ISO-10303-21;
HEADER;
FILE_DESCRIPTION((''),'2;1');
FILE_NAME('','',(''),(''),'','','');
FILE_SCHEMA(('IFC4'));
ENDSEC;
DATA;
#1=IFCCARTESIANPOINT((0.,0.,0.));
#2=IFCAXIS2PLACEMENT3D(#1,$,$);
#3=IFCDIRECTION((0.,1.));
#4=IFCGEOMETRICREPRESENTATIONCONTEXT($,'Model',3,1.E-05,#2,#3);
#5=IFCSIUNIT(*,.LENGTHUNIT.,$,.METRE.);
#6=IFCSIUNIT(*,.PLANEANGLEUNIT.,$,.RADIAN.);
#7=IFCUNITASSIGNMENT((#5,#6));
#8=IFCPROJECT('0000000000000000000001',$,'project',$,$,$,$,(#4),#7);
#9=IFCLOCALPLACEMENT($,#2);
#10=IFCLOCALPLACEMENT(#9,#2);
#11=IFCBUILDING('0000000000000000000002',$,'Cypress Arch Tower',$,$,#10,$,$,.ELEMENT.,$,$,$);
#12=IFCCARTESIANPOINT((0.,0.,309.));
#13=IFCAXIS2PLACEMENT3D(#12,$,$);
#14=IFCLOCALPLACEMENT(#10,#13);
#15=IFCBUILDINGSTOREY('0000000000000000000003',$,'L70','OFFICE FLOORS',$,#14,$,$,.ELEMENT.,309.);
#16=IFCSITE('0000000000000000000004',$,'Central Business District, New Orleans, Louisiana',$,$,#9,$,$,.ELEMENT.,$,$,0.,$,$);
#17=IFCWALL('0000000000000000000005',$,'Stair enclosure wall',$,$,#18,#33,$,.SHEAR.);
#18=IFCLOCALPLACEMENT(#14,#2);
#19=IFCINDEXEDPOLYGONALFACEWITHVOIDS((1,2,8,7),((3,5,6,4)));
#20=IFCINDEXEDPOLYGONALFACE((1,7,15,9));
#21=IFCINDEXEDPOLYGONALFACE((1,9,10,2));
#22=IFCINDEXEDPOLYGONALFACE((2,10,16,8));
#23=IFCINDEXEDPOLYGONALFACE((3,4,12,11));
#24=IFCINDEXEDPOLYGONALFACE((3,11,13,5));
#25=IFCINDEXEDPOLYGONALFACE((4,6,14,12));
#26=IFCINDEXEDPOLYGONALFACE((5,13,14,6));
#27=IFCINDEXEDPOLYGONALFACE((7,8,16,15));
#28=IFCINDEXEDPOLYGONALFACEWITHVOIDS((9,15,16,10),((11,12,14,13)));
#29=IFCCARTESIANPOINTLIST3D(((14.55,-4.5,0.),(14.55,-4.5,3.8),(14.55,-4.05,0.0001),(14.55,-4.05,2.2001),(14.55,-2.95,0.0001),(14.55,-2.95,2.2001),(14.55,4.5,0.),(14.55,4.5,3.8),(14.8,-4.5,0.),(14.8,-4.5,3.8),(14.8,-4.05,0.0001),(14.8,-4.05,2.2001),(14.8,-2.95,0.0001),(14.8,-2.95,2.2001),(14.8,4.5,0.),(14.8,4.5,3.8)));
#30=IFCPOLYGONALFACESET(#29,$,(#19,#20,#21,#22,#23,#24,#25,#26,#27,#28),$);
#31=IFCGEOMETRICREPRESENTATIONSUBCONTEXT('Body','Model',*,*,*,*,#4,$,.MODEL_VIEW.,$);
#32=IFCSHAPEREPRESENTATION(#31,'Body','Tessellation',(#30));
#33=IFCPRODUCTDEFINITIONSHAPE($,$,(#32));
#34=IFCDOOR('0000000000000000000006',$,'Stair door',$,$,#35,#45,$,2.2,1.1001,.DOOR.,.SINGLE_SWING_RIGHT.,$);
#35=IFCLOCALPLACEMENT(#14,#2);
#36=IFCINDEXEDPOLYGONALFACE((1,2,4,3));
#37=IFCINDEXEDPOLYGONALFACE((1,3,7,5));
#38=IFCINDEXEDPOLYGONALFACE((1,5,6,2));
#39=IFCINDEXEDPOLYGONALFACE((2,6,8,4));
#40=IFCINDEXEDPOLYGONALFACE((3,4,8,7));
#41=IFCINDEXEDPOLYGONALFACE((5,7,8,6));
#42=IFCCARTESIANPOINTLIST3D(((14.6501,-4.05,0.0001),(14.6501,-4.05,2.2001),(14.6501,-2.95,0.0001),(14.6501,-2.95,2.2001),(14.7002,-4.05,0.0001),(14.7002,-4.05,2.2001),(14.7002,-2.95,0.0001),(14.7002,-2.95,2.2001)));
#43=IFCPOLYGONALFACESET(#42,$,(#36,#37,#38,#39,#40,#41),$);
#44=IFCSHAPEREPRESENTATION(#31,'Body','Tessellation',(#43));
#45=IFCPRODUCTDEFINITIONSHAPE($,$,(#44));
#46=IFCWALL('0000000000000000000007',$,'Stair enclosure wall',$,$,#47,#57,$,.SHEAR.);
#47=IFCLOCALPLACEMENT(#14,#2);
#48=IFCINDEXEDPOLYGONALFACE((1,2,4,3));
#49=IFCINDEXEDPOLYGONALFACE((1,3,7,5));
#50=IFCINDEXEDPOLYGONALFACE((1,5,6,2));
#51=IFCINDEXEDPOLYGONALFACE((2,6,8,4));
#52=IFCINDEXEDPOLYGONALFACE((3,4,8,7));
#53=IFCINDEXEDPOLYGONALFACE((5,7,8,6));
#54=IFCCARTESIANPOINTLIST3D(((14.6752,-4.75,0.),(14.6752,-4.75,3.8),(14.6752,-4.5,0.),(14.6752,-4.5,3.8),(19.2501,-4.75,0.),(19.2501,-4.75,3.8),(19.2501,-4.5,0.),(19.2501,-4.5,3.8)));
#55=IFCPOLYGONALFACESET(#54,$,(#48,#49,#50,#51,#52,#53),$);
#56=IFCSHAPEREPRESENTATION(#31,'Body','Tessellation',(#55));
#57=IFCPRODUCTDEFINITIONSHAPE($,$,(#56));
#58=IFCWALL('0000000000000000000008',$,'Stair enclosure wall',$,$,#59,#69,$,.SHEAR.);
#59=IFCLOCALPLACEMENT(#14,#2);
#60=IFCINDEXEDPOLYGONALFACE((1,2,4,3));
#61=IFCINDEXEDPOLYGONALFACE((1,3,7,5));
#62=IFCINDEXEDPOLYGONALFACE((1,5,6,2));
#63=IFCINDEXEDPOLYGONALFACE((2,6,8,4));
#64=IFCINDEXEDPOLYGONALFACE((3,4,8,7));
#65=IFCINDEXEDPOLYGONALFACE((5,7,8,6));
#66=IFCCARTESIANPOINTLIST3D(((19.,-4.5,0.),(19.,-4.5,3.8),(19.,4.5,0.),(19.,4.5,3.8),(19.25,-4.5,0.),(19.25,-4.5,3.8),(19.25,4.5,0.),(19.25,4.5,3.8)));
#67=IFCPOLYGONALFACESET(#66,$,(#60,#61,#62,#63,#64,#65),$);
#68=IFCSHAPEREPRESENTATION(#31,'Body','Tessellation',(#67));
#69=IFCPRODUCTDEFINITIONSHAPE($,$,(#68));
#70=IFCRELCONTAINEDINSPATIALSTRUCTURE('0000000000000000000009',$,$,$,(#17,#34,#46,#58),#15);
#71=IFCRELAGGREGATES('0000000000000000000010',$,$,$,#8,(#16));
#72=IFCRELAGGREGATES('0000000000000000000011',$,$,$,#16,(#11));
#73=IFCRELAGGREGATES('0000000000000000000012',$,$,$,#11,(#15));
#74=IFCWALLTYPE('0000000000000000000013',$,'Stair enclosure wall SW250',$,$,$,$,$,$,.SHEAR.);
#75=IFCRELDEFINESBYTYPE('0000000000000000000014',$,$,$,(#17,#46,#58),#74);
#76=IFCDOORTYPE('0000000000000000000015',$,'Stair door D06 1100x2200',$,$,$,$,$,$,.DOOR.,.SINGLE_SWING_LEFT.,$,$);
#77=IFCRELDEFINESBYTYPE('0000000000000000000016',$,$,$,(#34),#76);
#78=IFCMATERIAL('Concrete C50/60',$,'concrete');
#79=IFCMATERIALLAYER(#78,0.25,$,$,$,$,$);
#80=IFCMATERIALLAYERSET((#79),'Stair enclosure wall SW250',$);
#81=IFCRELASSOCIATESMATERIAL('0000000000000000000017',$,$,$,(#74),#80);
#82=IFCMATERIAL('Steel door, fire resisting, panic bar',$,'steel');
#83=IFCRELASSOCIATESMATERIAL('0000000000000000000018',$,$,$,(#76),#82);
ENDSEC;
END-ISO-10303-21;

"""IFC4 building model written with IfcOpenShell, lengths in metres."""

from ifc_helpers import new_model, si_unit, direction, frame, frame_2d, origin, place, context, subcontext, project, spatial, rectangle, extrude, material, layer, layer_set, type_object, element, fill, save


model = new_model("IFC4")

# Units and contexts
model_context = context("Model", 3, precision=1e-05, world=origin(), true_north=direction((0.0, 1.0)))
body_context = subcontext(model_context, "Body", "Model", "MODEL_VIEW")
ifc_project = project(units=[si_unit("LENGTHUNIT", "METRE"), si_unit("PLANEANGLEUNIT", "RADIAN")], contexts=[model_context])

# Site, building, storey
site_placement = place(None, origin())
site = spatial("IfcSite", under=ifc_project, at=site_placement, Name="Central Business District, New Orleans, Louisiana", CompositionType="ELEMENT", RefElevation=0.0)
building_placement = place(site_placement, origin())
building = spatial("IfcBuilding", under=site, at=building_placement, Name="Cypress Arch Tower", CompositionType="ELEMENT")
storey_placement = place(building_placement, frame((0.0, 0.0, 309.0)))
storey = spatial("IfcBuildingStorey", under=building, at=storey_placement, Name="L70", Description="OFFICE FLOORS", CompositionType="ELEMENT", Elevation=309.0)

# Wall, opening, door
ifc_material_1 = material(Name="Concrete C50/60", Category="concrete")
ifc_layer_1 = layer(ifc_material_1, 0.25)
ifc_layer_set_1 = layer_set([ifc_layer_1], Name="Stair enclosure wall SW250")
wall_type_1 = type_object("IfcWallType", Name="Stair enclosure wall SW250", PredefinedType="SHEAR", material=ifc_layer_set_1)
wall_1_placement = place(storey_placement, frame((14.675, -4.5, 0.0), z_axis=(0.0, 0.0, 1.0), x_axis=(0.0, 1.0, 0.0)))
wall_1 = element("IfcWall", 1, at=wall_1_placement, inside=storey, type_object=wall_type_1, Name="Stair enclosure wall", PredefinedType="SHEAR", context=body_context, shape_type="SweptSolid", body=[
    extrude(rectangle(XDim=9.0, YDim=0.25, at=frame_2d((4.5, 0.0))), origin(), (0.0, 0.0, 1.0), 3.8),
])
opening_1_placement = place(wall_1_placement, frame((0.45, 0.0, 0.0)))
opening_1 = element("IfcOpeningElement", 2, at=opening_1_placement, cuts=wall_1, PredefinedType="OPENING", context=body_context, shape_type="SweptSolid", body=[
    extrude(rectangle(XDim=1.1001, YDim=2.2, at=frame_2d((0.55, 1.1001))), frame((0.0, 0.135, 0.0), z_axis=(0.0, -1.0, 0.0), x_axis=(1.0, 0.0, 0.0)), (0.0, 0.0, 1.0), 0.27),
])
ifc_material_2 = material(Name="Steel door, fire resisting, panic bar", Category="steel")
door_type = type_object("IfcDoorType", Name="Stair door D06 1100x2200", OperationType="SINGLE_SWING_LEFT", PredefinedType="DOOR", material=ifc_material_2)
door_placement = place(opening_1_placement, origin())
door = element("IfcDoor", 3, at=door_placement, inside=storey, type_object=door_type, Name="Stair door", OperationType="SINGLE_SWING_RIGHT", OverallHeight=2.2, OverallWidth=1.1001, PredefinedType="DOOR", context=body_context, shape_type="SweptSolid", body=[
    extrude(rectangle(XDim=1.1001, YDim=2.2, at=frame_2d((0.55, 1.1001))), frame((0.0, 0.0249, 0.0), z_axis=(0.0, -1.0, 0.0), x_axis=(1.0, 0.0, 0.0)), (0.0, 0.0, 1.0), 0.05),
])
fill(opening_1, door)

# Walls
wall_2_placement = place(storey_placement, frame((14.675, -4.625, 0.0), z_axis=(0.0, 0.0, 1.0), x_axis=(1.0, 0.0, 0.0)))
element("IfcWall", 4, at=wall_2_placement, inside=storey, type_object=wall_type_1, Name="Stair enclosure wall", PredefinedType="SHEAR", context=body_context, shape_type="SweptSolid", body=[
    extrude(rectangle(XDim=4.575, YDim=0.25, at=frame_2d((2.2876, 0.0))), origin(), (0.0, 0.0, 1.0), 3.8),
])
wall_3_placement = place(storey_placement, frame((19.125, -4.5, 0.0), z_axis=(0.0, 0.0, 1.0), x_axis=(0.0, 1.0, 0.0)))
element("IfcWall", 5, at=wall_3_placement, inside=storey, type_object=wall_type_1, Name="Stair enclosure wall", PredefinedType="SHEAR", context=body_context, shape_type="SweptSolid", body=[
    extrude(rectangle(XDim=9.0, YDim=0.25, at=frame_2d((4.5, 0.0))), origin(), (0.0, 0.0, 1.0), 3.8),
])

save(model, "model.ifc")
